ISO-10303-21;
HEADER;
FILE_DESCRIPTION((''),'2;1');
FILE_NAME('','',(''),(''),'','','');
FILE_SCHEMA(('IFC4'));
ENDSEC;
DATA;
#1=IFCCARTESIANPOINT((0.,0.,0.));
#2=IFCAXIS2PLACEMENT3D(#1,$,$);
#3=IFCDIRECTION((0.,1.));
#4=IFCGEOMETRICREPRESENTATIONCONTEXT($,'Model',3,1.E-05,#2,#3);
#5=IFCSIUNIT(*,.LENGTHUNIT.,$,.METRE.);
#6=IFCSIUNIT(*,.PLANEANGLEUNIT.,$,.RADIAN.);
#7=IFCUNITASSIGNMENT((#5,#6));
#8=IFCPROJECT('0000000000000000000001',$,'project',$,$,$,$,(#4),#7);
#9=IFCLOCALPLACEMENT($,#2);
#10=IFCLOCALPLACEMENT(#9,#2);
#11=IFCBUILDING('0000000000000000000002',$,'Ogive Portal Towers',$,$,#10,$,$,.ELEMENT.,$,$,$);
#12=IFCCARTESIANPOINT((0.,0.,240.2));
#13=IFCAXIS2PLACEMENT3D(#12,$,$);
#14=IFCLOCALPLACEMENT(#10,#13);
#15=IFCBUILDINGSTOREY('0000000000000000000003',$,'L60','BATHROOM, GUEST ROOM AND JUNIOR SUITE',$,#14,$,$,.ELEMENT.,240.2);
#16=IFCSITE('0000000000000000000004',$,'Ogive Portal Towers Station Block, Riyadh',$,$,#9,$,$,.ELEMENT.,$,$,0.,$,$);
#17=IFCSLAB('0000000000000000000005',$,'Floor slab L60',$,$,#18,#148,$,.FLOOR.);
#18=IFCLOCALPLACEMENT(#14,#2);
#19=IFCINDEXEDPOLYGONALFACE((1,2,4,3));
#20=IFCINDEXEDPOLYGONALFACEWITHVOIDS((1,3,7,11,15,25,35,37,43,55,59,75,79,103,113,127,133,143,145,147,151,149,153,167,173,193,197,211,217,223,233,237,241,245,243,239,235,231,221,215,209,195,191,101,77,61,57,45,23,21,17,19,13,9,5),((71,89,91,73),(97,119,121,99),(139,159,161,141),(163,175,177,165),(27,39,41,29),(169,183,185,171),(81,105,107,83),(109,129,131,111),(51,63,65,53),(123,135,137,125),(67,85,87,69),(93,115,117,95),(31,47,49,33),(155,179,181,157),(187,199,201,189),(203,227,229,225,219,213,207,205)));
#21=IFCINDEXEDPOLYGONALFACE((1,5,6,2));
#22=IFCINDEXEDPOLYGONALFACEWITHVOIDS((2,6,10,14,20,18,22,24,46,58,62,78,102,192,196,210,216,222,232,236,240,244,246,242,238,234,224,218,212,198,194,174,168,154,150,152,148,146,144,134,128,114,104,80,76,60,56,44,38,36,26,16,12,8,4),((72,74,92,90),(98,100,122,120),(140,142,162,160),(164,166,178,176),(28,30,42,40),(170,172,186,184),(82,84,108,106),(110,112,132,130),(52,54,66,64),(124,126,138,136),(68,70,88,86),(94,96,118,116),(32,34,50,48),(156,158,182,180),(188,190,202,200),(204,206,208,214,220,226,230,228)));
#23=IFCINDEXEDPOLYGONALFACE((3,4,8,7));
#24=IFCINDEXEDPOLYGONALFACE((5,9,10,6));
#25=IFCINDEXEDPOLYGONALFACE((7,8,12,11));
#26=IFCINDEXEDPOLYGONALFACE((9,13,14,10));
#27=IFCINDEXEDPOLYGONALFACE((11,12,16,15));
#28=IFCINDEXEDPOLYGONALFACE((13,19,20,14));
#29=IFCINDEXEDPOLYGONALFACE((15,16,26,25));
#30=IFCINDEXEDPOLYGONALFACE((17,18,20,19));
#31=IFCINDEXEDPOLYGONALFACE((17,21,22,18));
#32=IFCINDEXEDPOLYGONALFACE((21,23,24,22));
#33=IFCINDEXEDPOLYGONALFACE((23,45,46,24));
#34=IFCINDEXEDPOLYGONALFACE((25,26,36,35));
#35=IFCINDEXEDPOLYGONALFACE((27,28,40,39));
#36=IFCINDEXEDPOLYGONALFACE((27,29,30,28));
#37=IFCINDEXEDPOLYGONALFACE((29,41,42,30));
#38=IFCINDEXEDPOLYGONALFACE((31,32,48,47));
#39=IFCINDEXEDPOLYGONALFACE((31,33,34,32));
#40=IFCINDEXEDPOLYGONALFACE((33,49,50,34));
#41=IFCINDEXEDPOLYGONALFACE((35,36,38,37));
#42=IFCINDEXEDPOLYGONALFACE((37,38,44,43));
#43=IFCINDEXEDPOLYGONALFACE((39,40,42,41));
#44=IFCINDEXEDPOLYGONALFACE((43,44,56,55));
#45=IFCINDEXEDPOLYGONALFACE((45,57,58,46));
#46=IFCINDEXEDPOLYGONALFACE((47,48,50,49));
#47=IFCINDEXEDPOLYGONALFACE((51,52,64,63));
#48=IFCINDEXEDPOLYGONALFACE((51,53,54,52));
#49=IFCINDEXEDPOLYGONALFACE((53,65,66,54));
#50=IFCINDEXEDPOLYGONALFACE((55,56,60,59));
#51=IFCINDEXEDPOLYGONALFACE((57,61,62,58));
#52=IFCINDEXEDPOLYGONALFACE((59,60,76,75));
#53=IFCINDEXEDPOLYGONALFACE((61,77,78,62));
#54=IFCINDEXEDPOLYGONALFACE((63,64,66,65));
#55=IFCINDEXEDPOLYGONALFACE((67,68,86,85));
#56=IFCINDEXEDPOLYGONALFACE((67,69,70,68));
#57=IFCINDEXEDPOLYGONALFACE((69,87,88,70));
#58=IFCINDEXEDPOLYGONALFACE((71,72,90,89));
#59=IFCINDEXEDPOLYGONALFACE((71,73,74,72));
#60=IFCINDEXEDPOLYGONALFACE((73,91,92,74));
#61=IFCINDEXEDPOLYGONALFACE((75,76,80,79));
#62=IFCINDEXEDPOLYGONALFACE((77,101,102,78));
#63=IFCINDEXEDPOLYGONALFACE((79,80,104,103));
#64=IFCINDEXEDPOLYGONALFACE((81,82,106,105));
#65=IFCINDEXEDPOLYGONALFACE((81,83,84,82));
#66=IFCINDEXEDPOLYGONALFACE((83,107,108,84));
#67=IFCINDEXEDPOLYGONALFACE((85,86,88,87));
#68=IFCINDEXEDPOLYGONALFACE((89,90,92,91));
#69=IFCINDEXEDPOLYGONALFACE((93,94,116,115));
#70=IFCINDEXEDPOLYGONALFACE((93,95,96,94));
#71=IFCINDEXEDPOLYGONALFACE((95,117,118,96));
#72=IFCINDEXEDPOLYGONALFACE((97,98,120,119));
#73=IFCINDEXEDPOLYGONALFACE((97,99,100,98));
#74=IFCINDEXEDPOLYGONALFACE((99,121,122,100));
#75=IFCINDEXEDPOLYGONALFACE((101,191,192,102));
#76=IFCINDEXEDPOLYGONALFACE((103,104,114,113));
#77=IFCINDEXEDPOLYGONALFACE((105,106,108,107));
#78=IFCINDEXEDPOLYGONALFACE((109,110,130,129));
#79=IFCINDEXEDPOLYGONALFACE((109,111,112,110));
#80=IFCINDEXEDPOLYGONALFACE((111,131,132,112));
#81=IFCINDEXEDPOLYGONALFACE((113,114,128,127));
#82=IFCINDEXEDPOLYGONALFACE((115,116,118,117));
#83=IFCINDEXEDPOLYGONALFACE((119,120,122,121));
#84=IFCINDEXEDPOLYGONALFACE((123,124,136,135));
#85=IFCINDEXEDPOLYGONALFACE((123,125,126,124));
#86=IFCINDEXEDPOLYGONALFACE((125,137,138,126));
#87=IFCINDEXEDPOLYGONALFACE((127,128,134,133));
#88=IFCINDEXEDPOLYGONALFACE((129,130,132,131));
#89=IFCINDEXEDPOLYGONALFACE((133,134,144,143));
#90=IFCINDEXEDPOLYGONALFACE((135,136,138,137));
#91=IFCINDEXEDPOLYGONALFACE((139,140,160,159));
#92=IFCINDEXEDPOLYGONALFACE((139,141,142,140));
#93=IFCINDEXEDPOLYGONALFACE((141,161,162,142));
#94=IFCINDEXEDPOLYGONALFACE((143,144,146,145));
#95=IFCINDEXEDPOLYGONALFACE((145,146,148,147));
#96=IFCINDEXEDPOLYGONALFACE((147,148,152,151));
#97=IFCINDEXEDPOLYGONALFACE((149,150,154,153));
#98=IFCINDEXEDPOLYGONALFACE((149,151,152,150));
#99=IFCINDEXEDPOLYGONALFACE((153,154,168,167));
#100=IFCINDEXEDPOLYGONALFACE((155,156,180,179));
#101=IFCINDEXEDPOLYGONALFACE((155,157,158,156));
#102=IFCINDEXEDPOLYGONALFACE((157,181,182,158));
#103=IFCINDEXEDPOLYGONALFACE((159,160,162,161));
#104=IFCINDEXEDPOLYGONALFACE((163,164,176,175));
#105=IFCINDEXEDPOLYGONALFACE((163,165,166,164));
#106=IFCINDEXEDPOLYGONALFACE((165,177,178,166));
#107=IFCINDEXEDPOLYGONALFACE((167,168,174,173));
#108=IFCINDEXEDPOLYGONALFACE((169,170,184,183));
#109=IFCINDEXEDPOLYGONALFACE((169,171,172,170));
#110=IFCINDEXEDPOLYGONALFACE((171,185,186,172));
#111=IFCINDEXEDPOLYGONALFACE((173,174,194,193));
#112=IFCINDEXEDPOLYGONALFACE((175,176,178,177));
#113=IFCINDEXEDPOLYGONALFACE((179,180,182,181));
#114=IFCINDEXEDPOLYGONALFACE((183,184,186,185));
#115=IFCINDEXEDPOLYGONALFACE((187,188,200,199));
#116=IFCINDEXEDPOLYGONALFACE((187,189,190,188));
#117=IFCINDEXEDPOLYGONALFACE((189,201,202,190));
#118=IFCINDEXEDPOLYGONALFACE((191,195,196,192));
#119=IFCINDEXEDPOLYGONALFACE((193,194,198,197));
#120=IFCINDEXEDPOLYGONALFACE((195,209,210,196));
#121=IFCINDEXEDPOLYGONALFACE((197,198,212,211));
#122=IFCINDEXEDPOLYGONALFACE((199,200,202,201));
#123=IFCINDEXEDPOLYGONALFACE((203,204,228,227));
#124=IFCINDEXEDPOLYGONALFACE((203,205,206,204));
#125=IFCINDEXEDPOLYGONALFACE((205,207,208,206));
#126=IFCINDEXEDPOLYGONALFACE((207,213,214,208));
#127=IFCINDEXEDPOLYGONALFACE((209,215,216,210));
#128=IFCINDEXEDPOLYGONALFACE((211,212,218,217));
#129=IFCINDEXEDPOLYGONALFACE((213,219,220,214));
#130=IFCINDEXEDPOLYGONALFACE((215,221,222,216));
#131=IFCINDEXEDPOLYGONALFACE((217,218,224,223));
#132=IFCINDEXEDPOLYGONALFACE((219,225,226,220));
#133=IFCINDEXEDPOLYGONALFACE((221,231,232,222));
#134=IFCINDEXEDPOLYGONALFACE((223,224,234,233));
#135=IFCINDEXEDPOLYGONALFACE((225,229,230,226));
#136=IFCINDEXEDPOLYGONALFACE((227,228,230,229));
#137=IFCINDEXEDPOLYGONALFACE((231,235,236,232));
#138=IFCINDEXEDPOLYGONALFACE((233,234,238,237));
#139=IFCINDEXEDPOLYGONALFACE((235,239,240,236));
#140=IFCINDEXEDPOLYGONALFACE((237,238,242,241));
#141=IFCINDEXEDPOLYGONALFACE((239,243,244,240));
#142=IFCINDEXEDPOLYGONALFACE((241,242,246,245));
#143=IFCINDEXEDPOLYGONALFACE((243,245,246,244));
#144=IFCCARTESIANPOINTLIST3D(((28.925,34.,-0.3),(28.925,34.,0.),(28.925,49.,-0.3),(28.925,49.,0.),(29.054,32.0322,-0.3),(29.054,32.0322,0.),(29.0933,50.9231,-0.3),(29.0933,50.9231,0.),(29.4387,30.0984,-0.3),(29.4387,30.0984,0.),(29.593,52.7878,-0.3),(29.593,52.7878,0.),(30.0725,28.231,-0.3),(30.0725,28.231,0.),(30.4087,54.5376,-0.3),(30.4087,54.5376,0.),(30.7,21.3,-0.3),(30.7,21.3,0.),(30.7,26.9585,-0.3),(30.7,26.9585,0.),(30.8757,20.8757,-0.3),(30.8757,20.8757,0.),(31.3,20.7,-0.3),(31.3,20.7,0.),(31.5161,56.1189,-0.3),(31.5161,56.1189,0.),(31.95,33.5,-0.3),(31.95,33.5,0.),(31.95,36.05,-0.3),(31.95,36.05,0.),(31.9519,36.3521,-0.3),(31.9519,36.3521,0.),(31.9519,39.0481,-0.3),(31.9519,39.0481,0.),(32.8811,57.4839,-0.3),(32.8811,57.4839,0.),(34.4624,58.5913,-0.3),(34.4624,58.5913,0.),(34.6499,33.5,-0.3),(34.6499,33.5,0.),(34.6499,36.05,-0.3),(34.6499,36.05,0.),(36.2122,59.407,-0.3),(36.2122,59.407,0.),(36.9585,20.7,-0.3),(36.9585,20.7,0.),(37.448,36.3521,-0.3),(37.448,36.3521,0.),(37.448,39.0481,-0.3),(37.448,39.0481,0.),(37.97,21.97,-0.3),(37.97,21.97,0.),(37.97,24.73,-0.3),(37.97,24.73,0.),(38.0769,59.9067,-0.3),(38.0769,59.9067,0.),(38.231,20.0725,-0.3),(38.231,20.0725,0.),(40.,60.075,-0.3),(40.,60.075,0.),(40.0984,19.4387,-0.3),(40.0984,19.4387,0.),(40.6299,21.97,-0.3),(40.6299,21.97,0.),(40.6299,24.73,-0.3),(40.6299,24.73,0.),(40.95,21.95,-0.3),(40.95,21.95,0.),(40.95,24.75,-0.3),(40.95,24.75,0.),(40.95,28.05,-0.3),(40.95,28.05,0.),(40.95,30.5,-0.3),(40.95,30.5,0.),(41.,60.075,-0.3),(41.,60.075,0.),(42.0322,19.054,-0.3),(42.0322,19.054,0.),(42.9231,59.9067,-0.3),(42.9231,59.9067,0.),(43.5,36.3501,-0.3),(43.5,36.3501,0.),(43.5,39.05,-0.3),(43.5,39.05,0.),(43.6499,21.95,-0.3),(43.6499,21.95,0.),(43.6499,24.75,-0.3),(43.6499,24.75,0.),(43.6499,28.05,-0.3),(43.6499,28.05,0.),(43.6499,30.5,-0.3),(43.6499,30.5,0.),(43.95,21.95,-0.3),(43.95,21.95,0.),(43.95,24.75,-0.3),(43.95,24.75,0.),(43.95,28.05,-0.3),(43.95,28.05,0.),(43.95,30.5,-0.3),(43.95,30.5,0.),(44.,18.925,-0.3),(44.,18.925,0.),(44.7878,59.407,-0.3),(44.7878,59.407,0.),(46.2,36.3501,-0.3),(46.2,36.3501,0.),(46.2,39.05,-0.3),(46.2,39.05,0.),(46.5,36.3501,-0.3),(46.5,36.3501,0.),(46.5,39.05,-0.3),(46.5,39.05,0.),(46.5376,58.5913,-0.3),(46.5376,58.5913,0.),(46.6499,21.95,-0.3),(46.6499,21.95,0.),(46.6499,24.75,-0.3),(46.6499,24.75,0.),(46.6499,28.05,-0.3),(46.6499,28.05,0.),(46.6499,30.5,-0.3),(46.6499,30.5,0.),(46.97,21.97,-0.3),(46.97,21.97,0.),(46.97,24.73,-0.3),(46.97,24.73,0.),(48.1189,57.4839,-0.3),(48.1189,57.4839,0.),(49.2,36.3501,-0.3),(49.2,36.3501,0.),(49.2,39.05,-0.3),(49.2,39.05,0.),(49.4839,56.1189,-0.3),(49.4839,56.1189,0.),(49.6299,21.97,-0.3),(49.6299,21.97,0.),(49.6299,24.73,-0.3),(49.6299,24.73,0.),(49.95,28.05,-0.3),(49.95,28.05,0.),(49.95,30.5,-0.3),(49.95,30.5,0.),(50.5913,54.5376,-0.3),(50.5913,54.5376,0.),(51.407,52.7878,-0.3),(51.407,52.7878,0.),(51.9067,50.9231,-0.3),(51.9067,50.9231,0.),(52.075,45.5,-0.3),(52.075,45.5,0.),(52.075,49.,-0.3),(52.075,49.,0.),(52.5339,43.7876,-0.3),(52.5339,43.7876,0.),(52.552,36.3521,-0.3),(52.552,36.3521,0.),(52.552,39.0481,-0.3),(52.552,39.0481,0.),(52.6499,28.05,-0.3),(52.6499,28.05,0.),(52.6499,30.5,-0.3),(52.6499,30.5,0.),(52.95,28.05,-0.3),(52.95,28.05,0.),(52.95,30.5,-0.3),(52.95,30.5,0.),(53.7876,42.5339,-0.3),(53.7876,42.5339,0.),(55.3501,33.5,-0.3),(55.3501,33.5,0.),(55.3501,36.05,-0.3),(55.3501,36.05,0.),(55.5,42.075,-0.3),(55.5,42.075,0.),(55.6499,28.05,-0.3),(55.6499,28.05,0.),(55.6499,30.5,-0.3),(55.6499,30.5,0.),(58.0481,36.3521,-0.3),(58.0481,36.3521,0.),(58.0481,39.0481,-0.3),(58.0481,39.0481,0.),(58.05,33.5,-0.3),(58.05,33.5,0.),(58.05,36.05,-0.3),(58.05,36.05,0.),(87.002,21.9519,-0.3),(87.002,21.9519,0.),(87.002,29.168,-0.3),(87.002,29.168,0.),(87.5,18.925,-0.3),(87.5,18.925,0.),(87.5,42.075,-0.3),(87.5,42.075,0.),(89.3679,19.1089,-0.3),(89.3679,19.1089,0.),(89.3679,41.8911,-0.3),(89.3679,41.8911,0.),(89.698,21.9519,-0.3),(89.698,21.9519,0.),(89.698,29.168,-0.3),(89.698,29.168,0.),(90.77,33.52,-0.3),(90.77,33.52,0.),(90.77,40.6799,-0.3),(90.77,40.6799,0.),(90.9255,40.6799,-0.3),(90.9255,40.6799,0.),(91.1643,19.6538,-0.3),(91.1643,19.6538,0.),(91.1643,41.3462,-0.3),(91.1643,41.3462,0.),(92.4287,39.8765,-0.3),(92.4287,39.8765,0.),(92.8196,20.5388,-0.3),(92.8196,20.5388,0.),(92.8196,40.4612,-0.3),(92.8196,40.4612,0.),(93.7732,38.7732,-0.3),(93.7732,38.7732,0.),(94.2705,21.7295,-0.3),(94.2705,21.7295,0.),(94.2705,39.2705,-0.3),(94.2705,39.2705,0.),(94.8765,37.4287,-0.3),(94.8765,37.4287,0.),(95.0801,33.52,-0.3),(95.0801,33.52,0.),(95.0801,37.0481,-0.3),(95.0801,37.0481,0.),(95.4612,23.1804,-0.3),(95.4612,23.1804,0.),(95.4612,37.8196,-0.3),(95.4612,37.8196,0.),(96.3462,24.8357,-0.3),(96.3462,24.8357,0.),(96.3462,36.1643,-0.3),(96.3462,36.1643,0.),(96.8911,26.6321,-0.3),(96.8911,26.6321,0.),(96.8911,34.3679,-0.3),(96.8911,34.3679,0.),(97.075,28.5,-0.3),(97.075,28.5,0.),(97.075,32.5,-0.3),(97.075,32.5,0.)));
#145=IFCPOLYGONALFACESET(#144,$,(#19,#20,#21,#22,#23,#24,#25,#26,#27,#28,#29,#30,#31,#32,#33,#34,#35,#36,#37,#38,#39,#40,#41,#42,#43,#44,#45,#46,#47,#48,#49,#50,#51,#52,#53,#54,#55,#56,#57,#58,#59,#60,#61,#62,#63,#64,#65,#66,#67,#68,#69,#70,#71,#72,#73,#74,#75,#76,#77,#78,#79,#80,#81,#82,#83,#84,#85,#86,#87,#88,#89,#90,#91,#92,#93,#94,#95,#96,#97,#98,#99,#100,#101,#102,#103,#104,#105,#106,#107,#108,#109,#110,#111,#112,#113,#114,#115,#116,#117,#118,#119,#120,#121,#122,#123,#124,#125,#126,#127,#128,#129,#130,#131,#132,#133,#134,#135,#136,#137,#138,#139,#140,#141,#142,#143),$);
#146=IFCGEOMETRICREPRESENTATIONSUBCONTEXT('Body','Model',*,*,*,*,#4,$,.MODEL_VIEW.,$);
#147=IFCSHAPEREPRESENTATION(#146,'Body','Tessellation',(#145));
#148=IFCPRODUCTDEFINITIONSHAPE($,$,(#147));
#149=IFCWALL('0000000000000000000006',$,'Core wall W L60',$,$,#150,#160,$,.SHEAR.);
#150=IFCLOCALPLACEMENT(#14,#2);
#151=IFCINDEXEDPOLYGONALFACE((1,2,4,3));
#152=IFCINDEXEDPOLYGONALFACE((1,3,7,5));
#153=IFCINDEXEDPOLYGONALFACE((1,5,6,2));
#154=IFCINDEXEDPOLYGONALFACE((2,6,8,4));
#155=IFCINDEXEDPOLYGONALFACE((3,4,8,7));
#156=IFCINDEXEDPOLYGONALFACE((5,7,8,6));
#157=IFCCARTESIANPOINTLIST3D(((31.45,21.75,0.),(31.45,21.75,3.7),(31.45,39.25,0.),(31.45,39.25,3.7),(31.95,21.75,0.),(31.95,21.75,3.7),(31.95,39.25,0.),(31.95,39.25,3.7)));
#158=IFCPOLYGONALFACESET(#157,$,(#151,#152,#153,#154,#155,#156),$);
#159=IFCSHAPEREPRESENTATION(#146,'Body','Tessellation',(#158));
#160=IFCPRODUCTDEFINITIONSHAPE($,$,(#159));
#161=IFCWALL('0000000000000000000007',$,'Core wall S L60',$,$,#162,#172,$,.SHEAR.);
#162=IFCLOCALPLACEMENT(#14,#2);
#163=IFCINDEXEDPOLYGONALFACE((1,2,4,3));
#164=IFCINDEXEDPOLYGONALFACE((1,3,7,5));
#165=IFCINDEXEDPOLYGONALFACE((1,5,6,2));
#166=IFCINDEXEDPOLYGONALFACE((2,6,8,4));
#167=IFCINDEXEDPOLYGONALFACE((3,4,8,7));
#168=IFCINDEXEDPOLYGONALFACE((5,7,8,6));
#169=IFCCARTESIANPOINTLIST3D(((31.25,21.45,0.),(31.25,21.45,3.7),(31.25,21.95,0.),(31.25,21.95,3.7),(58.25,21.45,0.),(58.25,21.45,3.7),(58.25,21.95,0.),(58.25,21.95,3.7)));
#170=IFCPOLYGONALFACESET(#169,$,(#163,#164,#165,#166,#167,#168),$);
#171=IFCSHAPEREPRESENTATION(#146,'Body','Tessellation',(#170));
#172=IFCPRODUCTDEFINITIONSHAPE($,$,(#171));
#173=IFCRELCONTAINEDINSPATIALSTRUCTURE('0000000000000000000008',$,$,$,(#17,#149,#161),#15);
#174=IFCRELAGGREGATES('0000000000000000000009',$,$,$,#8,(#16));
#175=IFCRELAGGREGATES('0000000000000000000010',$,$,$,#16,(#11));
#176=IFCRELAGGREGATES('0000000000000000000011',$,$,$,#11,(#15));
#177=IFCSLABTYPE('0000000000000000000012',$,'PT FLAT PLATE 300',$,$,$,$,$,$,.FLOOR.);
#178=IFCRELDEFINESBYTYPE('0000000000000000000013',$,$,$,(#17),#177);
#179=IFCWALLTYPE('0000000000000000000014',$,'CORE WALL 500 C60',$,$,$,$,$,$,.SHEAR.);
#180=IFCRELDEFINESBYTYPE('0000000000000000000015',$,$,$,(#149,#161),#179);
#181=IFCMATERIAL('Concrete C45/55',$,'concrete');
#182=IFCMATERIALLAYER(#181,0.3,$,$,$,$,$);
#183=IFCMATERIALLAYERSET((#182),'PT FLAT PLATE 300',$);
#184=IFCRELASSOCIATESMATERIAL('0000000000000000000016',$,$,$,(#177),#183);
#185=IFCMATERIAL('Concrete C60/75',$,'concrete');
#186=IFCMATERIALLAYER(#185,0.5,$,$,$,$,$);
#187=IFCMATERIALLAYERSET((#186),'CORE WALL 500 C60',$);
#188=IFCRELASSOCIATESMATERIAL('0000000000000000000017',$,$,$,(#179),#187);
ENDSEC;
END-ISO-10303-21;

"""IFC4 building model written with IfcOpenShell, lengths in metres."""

from ifc_helpers import new_model, si_unit, direction, frame, frame_2d, origin, place, context, subcontext, project, spatial, polyline, rectangle, outline, extrude, material, layer, layer_set, type_object, element, save


model = new_model("IFC4")

# Units and contexts
model_context = context("Model", 3, precision=1e-05, world=origin(), true_north=direction((0.0, 1.0)))
body_context = subcontext(model_context, "Body", "Model", "MODEL_VIEW")
ifc_project = project(units=[si_unit("LENGTHUNIT", "METRE"), si_unit("PLANEANGLEUNIT", "RADIAN")], contexts=[model_context])

# Site, building, storey
site_placement = place(None, origin())
site = spatial("IfcSite", under=ifc_project, at=site_placement, Name="Ogive Portal Towers Station Block, Riyadh", CompositionType="ELEMENT", RefElevation=0.0)
building_placement = place(site_placement, origin())
building = spatial("IfcBuilding", under=site, at=building_placement, Name="Ogive Portal Towers", CompositionType="ELEMENT")
storey_placement = place(building_placement, frame((0.0, 0.0, 240.2)))
storey = spatial("IfcBuildingStorey", under=building, at=storey_placement, Name="L60", Description="BATHROOM, GUEST ROOM AND JUNIOR SUITE", CompositionType="ELEMENT", Elevation=240.2)

# Slab
ifc_material_1 = material(Name="Concrete C45/55", Category="concrete")
ifc_layer_1 = layer(ifc_material_1, 0.3)
ifc_layer_set_1 = layer_set([ifc_layer_1], Name="PT FLAT PLATE 300")
slab_type_1 = type_object("IfcSlabType", Name="PT FLAT PLATE 300", PredefinedType="FLOOR", material=ifc_layer_set_1)
slab_1_placement = place(storey_placement, frame((0.0, 0.0, -0.3)))
element("IfcSlab", 1, at=slab_1_placement, inside=storey, type_object=slab_type_1, Name="Floor slab L60", PredefinedType="FLOOR", context=body_context, shape_type="SweptSolid", body=[
    extrude(outline(polyline([(29.4387, 30.0984), (30.0725, 28.231), (30.7, 26.9585), (30.7, 21.3), (30.8757, 20.8757), (31.3, 20.7), (36.9585, 20.7), (38.231, 20.0725), (40.0984, 19.4387), (42.0322, 19.054), (44.0, 18.925), (87.5, 18.925), (89.3679, 19.1089), (91.1643, 19.6538), (92.8196, 20.5388), (94.2705, 21.7295), (95.4612, 23.1804), (96.3462, 24.8357), (96.8911, 26.6321), (97.075, 28.5), (97.075, 32.5), (96.8911, 34.3679), (96.3462, 36.1643), (95.4612, 37.8196), (94.2705, 39.2705), (92.8196, 40.4612), (91.1643, 41.3462), (89.3679, 41.8911), (87.5, 42.075), (55.5, 42.075), (53.7876, 42.5339), (52.5339, 43.7876), (52.075, 45.5), (52.075, 49.0), (51.9067, 50.9231), (51.407, 52.7878), (50.5913, 54.5376), (49.4839, 56.1189), (48.1189, 57.4839), (46.5376, 58.5913), (44.7878, 59.407), (42.9231, 59.9067), (41.0, 60.075), (40.0, 60.075), (38.0769, 59.9067), (36.2122, 59.407), (34.4624, 58.5913), (32.8811, 57.4839), (31.5161, 56.1189), (30.4087, 54.5376), (29.593, 52.7878), (29.0933, 50.9231), (28.925, 49.0), (28.925, 34.0), (29.054, 32.0322), (29.4387, 30.0984)]), holes=[polyline([(40.6299, 21.97), (37.97, 21.97), (37.97, 24.73), (40.6299, 24.73), (40.6299, 21.97)]), polyline([(43.6499, 24.75), (43.6499, 21.95), (40.95, 21.95), (40.95, 24.75), (43.6499, 24.75)]), polyline([(46.6499, 24.75), (46.6499, 21.95), (43.95, 21.95), (43.95, 24.75), (46.6499, 24.75)]), polyline([(43.6499, 30.5), (43.6499, 28.05), (40.95, 28.05), (40.95, 30.5), (43.6499, 30.5)]), polyline([(46.6499, 30.5), (46.6499, 28.05), (43.95, 28.05), (43.95, 30.5), (46.6499, 30.5)]), polyline([(34.6499, 36.05), (34.6499, 33.5), (31.95, 33.5), (31.95, 36.05), (34.6499, 36.05)]), polyline([(31.9519, 39.0481), (37.448, 39.0481), (37.448, 36.3521), (31.9519, 36.3521), (31.9519, 39.0481)]), polyline([(46.2, 39.05), (46.2, 36.3501), (43.5, 36.3501), (43.5, 39.05), (46.2, 39.05)]), polyline([(49.6299, 21.97), (46.97, 21.97), (46.97, 24.73), (49.6299, 24.73), (49.6299, 21.97)]), polyline([(87.002, 21.9519), (87.002, 29.168), (89.698, 29.168), (89.698, 21.9519), (87.002, 21.9519)]), polyline([(52.6499, 30.5), (52.6499, 28.05), (49.95, 28.05), (49.95, 30.5), (52.6499, 30.5)]), polyline([(55.6499, 30.5), (55.6499, 28.05), (52.95, 28.05), (52.95, 30.5), (55.6499, 30.5)]), polyline([(58.05, 36.05), (58.05, 33.5), (55.3501, 33.5), (55.3501, 36.05), (58.05, 36.05)]), polyline([(93.7732, 38.7732), (94.8765, 37.4287), (95.0801, 37.0481), (95.0801, 33.52), (90.77, 33.52), (90.77, 40.6799), (90.9255, 40.6799), (92.4287, 39.8765), (93.7732, 38.7732)]), polyline([(49.2, 39.05), (49.2, 36.3501), (46.5, 36.3501), (46.5, 39.05), (49.2, 39.05)]), polyline([(58.0481, 36.3521), (52.552, 36.3521), (52.552, 39.0481), (58.0481, 39.0481), (58.0481, 36.3521)])]), origin(), (0.0, 0.0, 1.0), 0.3),
])

# Walls
ifc_material_2 = material(Name="Concrete C60/75", Category="concrete")
ifc_layer_2 = layer(ifc_material_2, 0.5)
ifc_layer_set_2 = layer_set([ifc_layer_2], Name="CORE WALL 500 C60")
wall_type_1 = type_object("IfcWallType", Name="CORE WALL 500 C60", PredefinedType="SHEAR", material=ifc_layer_set_2)
wall_1_placement = place(storey_placement, frame((31.7, 21.75, 0.0), z_axis=(0.0, 0.0, 1.0), x_axis=(0.0, 1.0, 0.0)))
element("IfcWall", 2, at=wall_1_placement, inside=storey, type_object=wall_type_1, Name="Core wall W L60", PredefinedType="SHEAR", context=body_context, shape_type="SweptSolid", body=[
    extrude(rectangle(XDim=17.5, YDim=0.5, at=frame_2d((8.75, 0.0))), origin(), (0.0, 0.0, 1.0), 3.7),
])
wall_2_placement = place(storey_placement, frame((31.25, 21.7, 0.0), z_axis=(0.0, 0.0, 1.0), x_axis=(1.0, 0.0, 0.0)))
element("IfcWall", 3, at=wall_2_placement, inside=storey, type_object=wall_type_1, Name="Core wall S L60", PredefinedType="SHEAR", context=body_context, shape_type="SweptSolid", body=[
    extrude(rectangle(XDim=27.0, YDim=0.5, at=frame_2d((13.5, 0.0))), origin(), (0.0, 0.0, 1.0), 3.7),
])

save(model, "model.ifc")
